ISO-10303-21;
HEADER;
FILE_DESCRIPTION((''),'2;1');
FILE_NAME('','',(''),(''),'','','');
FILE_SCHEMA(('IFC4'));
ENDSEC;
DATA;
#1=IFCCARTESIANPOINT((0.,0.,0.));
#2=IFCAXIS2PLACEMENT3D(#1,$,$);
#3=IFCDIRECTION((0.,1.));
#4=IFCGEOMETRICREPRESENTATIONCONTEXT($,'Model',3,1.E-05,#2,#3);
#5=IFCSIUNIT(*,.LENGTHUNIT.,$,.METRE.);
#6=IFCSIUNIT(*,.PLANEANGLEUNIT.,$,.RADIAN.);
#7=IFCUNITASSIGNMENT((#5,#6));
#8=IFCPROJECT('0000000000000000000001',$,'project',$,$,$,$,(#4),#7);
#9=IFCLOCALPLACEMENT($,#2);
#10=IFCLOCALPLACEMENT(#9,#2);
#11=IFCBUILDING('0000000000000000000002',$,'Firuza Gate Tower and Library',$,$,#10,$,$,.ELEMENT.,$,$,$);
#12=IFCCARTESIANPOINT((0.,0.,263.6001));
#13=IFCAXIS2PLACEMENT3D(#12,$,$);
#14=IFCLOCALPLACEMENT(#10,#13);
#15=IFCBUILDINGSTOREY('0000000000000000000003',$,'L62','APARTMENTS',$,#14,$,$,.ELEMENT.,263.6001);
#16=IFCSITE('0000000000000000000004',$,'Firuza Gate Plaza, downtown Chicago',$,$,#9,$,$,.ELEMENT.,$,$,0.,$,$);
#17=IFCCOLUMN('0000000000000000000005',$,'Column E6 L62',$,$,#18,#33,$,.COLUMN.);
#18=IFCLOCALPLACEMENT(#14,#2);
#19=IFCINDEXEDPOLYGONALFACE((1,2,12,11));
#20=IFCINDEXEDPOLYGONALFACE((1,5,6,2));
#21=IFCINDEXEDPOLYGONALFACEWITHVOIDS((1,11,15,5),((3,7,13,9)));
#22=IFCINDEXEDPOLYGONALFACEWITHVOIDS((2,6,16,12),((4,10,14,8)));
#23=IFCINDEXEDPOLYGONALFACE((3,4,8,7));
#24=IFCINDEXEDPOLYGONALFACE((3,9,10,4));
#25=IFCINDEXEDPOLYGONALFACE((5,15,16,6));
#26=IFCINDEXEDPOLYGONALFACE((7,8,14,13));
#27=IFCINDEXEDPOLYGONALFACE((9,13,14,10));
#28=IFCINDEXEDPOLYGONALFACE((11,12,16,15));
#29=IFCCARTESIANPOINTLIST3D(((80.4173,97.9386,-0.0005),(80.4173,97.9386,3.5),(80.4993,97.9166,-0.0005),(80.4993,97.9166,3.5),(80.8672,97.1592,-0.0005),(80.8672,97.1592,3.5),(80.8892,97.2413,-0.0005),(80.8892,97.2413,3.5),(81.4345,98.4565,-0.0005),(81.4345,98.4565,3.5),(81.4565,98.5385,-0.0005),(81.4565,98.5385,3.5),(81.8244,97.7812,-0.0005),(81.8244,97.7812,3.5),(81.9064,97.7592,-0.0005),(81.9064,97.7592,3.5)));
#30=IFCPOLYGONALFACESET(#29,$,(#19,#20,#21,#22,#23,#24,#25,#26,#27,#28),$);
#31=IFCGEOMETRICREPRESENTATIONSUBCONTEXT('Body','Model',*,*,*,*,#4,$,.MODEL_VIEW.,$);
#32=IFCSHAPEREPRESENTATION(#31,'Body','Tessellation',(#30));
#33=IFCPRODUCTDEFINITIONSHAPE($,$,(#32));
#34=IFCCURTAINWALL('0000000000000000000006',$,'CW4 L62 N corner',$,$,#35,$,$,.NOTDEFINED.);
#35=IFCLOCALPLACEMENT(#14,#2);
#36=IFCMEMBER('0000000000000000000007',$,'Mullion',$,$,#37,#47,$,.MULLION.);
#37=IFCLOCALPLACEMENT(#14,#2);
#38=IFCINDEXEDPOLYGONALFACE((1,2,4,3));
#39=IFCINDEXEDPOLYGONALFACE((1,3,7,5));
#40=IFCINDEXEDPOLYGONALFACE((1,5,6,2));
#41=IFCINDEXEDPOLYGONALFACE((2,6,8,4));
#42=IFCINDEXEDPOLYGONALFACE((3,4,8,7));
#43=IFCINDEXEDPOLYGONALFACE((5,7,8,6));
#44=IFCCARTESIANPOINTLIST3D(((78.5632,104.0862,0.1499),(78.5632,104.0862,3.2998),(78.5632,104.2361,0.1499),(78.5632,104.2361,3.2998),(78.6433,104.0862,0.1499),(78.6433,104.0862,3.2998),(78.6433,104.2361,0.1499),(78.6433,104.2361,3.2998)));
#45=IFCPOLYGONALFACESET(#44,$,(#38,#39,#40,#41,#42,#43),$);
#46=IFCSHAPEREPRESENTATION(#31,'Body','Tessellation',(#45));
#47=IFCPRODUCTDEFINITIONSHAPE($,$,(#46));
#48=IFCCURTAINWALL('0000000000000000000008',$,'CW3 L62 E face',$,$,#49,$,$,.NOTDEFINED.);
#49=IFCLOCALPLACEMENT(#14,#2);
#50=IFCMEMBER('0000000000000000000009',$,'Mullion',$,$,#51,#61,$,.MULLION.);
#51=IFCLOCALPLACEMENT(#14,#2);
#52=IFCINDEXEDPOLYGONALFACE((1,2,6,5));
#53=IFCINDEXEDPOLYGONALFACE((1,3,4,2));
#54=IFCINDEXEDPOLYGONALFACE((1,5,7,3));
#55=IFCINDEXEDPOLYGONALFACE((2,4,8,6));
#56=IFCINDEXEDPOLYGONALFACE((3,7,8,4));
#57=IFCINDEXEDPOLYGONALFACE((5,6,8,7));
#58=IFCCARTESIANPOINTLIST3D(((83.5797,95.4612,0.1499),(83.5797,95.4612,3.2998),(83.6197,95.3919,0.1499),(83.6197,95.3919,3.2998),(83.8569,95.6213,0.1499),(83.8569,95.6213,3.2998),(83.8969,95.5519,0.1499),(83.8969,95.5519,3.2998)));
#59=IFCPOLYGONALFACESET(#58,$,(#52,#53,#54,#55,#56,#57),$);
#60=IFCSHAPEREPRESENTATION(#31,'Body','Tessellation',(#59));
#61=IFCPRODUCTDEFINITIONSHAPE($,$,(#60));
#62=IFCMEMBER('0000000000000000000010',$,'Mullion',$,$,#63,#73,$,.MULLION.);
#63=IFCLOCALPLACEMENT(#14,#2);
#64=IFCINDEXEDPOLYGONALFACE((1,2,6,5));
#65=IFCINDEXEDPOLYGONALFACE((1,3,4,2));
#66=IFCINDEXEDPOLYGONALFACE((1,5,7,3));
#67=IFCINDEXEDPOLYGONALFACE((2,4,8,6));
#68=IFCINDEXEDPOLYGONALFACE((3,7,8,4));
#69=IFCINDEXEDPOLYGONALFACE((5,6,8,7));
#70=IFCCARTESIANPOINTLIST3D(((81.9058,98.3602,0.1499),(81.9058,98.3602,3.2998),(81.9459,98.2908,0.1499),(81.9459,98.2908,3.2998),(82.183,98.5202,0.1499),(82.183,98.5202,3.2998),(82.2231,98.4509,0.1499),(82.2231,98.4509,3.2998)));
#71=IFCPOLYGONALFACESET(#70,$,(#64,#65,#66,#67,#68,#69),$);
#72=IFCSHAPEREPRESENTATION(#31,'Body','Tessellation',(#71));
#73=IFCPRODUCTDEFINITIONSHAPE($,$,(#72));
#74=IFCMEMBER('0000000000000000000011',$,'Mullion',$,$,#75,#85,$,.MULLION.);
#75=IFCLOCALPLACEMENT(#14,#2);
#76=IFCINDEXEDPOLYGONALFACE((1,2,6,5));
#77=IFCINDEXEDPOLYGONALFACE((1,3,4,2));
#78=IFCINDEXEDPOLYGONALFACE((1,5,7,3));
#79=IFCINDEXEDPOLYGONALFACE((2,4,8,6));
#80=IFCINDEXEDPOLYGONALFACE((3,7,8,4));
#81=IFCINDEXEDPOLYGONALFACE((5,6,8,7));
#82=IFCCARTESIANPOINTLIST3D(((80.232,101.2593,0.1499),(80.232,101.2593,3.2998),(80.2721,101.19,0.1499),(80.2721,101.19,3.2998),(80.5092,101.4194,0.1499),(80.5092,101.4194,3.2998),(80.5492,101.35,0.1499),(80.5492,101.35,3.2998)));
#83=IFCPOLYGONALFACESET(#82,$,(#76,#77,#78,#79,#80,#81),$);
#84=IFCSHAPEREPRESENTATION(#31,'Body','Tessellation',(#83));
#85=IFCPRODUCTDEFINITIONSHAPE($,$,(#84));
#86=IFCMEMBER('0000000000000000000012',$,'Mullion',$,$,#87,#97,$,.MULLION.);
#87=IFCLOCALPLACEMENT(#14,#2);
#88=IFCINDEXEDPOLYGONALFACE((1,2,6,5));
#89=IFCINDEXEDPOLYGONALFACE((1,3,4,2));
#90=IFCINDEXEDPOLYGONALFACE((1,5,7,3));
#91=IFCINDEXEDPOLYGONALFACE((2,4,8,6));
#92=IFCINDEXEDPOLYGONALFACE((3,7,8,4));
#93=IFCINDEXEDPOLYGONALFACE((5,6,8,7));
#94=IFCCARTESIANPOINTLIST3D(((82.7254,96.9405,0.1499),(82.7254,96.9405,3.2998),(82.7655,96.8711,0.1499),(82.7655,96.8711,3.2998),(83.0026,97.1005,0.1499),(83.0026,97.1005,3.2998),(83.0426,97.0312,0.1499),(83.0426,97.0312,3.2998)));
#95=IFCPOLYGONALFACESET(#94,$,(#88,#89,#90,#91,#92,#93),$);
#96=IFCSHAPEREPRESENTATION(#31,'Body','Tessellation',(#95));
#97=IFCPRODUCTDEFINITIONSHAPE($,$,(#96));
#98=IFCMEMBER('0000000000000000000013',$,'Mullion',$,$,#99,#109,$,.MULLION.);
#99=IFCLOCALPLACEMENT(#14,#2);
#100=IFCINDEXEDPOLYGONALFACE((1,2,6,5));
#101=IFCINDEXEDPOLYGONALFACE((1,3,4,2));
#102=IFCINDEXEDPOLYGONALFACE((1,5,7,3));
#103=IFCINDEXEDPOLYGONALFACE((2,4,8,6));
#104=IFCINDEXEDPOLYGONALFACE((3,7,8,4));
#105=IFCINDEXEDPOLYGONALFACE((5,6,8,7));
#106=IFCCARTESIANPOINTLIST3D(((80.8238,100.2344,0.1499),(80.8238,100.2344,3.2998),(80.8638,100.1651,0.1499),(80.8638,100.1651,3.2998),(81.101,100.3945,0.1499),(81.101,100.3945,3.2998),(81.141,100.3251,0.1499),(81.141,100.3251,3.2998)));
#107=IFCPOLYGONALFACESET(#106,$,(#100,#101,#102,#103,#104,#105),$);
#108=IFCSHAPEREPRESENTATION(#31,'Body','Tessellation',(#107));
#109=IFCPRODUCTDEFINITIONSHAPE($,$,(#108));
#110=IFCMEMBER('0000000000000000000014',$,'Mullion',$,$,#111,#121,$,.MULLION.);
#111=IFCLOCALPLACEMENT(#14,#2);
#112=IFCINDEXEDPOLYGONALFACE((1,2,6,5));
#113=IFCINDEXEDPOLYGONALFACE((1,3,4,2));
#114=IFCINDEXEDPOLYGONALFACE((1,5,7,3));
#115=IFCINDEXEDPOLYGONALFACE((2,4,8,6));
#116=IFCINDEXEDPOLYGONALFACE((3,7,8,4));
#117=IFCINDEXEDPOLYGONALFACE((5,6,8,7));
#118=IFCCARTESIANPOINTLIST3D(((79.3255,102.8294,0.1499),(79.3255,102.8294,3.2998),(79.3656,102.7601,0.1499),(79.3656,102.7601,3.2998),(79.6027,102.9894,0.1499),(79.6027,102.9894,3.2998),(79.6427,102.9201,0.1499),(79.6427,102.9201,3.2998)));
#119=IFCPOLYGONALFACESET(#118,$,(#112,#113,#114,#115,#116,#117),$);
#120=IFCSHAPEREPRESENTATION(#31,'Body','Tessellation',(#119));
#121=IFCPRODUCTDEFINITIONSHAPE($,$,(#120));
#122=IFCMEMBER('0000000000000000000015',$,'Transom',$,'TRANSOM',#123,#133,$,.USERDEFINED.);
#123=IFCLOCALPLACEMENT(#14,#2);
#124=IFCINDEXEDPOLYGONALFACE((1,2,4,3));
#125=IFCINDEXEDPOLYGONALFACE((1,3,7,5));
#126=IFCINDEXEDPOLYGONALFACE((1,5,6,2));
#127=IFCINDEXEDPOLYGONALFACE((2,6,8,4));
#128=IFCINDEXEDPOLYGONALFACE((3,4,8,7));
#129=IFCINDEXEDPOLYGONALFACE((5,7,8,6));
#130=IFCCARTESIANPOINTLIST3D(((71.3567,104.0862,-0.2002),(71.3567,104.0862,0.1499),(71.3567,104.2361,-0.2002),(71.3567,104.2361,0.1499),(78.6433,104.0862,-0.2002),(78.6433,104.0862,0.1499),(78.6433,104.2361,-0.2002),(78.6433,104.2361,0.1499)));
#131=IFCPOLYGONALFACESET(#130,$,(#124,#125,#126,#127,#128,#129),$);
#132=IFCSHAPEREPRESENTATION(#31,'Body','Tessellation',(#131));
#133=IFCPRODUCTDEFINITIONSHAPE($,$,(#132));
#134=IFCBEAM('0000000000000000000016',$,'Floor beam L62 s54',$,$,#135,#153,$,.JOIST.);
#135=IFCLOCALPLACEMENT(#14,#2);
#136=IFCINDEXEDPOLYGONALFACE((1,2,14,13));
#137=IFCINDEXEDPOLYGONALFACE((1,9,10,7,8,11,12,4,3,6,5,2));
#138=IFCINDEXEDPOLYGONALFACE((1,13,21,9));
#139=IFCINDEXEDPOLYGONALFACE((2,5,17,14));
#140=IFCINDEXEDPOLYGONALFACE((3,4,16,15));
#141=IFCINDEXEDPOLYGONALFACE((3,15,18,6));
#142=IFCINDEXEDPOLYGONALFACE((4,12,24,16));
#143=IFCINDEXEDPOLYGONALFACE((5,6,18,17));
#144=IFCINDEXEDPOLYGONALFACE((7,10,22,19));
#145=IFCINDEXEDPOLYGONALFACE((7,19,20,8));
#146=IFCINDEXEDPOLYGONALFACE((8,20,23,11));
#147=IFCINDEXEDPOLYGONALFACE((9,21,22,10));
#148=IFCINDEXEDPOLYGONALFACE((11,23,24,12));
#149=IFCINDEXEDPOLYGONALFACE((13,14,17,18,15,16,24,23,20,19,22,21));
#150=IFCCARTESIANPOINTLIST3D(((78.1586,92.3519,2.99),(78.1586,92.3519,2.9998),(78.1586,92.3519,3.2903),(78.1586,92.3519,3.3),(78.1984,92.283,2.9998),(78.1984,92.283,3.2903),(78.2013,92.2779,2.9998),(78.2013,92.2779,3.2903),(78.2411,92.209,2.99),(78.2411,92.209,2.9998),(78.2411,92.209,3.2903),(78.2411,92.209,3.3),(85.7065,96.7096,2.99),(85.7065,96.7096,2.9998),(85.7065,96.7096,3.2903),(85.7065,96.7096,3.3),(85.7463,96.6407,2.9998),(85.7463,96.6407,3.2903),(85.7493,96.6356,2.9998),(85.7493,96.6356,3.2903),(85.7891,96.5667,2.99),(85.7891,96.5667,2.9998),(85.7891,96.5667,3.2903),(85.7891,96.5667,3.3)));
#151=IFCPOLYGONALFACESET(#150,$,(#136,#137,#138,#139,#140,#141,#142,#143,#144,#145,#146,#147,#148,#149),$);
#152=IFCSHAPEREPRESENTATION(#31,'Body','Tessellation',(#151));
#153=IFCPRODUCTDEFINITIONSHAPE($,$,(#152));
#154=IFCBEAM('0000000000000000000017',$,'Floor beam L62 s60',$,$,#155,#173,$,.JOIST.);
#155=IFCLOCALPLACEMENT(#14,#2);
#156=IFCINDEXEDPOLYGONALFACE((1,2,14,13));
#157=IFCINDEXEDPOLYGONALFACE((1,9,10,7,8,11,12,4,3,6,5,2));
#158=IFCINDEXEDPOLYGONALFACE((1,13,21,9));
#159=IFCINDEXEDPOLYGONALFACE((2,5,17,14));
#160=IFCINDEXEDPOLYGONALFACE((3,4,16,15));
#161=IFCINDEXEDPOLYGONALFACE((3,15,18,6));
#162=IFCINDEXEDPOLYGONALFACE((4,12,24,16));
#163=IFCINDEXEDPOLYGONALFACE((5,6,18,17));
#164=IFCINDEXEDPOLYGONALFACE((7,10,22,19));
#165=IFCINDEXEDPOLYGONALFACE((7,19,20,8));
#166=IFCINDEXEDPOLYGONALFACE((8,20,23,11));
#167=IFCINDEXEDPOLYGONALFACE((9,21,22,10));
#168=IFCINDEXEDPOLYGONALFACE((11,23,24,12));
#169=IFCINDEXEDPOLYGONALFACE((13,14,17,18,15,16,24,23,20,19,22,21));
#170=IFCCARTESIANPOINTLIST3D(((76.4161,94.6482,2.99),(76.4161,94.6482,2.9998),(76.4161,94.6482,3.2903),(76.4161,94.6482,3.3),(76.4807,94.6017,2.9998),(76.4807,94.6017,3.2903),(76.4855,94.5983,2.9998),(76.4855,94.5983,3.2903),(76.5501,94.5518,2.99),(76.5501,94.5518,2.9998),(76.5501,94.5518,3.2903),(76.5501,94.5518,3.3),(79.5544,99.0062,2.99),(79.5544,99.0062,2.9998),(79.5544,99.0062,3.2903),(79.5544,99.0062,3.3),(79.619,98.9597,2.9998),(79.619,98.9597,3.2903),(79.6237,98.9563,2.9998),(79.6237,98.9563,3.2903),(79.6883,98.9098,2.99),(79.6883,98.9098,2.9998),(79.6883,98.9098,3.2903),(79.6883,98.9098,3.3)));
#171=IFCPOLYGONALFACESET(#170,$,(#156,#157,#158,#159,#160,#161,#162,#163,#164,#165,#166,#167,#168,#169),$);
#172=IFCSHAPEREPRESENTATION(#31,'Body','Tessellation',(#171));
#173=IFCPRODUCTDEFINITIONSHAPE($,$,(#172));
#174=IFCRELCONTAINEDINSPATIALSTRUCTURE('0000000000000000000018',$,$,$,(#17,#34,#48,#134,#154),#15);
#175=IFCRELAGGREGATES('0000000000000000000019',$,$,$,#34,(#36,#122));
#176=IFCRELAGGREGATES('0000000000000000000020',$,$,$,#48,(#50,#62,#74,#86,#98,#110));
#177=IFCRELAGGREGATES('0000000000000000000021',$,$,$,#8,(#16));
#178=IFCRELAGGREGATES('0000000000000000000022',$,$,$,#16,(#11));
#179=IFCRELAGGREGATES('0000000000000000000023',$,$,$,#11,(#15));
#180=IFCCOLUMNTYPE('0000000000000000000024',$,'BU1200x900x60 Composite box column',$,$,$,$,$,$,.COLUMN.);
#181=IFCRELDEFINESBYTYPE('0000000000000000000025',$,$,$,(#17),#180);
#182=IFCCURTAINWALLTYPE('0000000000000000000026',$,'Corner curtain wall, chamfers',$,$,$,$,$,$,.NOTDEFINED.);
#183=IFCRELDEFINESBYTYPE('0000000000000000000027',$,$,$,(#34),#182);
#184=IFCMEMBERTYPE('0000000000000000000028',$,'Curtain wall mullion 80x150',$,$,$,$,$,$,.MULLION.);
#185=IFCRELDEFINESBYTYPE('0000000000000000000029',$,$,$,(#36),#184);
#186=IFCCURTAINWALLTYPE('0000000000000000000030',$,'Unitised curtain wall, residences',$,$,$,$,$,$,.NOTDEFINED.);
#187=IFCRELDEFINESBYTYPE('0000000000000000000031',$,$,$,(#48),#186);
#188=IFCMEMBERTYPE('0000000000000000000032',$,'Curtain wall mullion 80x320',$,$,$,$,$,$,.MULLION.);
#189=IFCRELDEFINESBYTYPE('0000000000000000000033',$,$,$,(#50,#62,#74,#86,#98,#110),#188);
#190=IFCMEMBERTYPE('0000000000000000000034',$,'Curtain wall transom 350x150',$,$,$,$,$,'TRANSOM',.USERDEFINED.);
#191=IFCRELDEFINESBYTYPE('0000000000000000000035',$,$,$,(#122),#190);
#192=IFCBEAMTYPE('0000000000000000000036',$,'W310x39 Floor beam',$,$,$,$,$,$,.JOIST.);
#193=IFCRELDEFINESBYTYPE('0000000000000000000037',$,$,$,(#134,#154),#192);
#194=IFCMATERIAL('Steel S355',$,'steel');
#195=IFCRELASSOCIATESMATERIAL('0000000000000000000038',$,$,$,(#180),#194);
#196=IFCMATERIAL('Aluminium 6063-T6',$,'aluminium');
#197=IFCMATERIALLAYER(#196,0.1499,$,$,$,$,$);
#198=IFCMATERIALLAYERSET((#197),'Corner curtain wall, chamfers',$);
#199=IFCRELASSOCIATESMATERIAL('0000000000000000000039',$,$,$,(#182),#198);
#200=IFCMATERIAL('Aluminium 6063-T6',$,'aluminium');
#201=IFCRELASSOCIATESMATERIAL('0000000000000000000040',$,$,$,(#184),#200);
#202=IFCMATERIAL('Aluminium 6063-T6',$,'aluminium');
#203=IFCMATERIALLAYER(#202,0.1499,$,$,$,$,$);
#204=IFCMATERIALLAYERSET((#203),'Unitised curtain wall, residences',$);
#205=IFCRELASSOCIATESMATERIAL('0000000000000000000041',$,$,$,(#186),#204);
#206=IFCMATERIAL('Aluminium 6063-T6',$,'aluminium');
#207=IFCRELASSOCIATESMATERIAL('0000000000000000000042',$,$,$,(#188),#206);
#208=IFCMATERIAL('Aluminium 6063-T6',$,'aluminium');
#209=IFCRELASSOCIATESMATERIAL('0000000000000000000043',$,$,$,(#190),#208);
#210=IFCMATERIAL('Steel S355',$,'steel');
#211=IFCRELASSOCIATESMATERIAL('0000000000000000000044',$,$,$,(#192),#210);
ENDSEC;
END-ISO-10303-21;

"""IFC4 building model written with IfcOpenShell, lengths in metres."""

from ifc_helpers import new_model, si_unit, direction, frame, origin, origin_2d, place, context, subcontext, project, spatial, rectangle, hollow_rectangle, i_section, extrude, material, layer, layer_set, material_profile, profile_set, type_object, element, aggregate, save


model = new_model("IFC4")

# Units and contexts
model_context = context("Model", 3, precision=1e-05, world=origin(), true_north=direction((0.0, 1.0)))
body_context = subcontext(model_context, "Body", "Model", "MODEL_VIEW")
ifc_project = project(units=[si_unit("LENGTHUNIT", "METRE"), si_unit("PLANEANGLEUNIT", "RADIAN")], contexts=[model_context])

# Site, building, storey
site_placement = place(None, origin())
site = spatial("IfcSite", under=ifc_project, at=site_placement, Name="Firuza Gate Plaza, downtown Chicago", CompositionType="ELEMENT", RefElevation=0.0)
building_placement = place(site_placement, origin())
building = spatial("IfcBuilding", under=site, at=building_placement, Name="Firuza Gate Tower and Library", CompositionType="ELEMENT")
storey_placement = place(building_placement, frame((0.0, 0.0, 263.6001)))
storey = spatial("IfcBuildingStorey", under=building, at=storey_placement, Name="L62", Description="APARTMENTS", CompositionType="ELEMENT", Elevation=263.6001)

# Column
ifc_material_1 = material(Name="Steel S355", Category="steel")
ifc_material_profile_1 = material_profile(ifc_material_1, hollow_rectangle(XDim=0.8999, YDim=1.2, WallThickness=0.0601, at=origin_2d()))
ifc_profile_set_1 = profile_set([ifc_material_profile_1], Name="Steel S355")
column_type = type_object("IfcColumnType", Name="BU1200x900x60 Composite box column", PredefinedType="COLUMN", material=ifc_profile_set_1)
column_placement = place(storey_placement, frame((81.1619, 97.8489, -0.0005), z_axis=(0.0, 0.0, 1.0), x_axis=(-0.5, 0.866025, 0.0)))
element("IfcColumn", 1, at=column_placement, inside=storey, type_object=column_type, Name="Column E6 L62", PredefinedType="COLUMN", context=body_context, shape_type="SweptSolid", body=[
    extrude(hollow_rectangle(XDim=0.8999, YDim=1.2, WallThickness=0.0601, at=origin_2d()), origin(), (0.0, 0.0, 1.0), 3.5005),
])

# Curtain wall, member
ifc_material_2 = material(Name="Aluminium 6063-T6", Category="aluminium")
ifc_layer_1 = layer(ifc_material_2, 0.1499)
ifc_layer_set_1 = layer_set([ifc_layer_1], Name="Corner curtain wall, chamfers")
curtain_wall_type_1 = type_object("IfcCurtainWallType", Name="Corner curtain wall, chamfers", PredefinedType="NOTDEFINED", material=ifc_layer_set_1)
placement = place(storey_placement, origin())
curtain_wall_1 = element("IfcCurtainWall", 2, at=placement, inside=storey, type_object=curtain_wall_type_1, Name="CW4 L62 N corner", PredefinedType="NOTDEFINED")
ifc_material_3 = material(Name="Aluminium 6063-T6", Category="aluminium")
ifc_material_profile_2 = material_profile(ifc_material_3, rectangle(XDim=0.1499, YDim=0.0801, at=origin_2d()))
ifc_profile_set_2 = profile_set([ifc_material_profile_2], Name="Aluminium 6063-T6")
member_type_1 = type_object("IfcMemberType", Name="Curtain wall mullion 80x150", PredefinedType="MULLION", material=ifc_profile_set_2)
member_1_placement = place(storey_placement, frame((78.6033, 104.1611, 0.1499), z_axis=(0.0, 0.0, 1.0), x_axis=(0.0, -1.0, 0.0)))
member_1 = element("IfcMember", 3, at=member_1_placement, type_object=member_type_1, Name="Mullion", PredefinedType="MULLION", context=body_context, shape_type="SweptSolid", body=[
    extrude(rectangle(XDim=0.1499, YDim=0.0801, at=origin_2d()), origin(), (0.0, 0.0, 1.0), 3.1499),
])

# Curtain wall, members
ifc_material_4 = material(Name="Aluminium 6063-T6", Category="aluminium")
ifc_layer_2 = layer(ifc_material_4, 0.1499)
ifc_layer_set_2 = layer_set([ifc_layer_2], Name="Unitised curtain wall, residences")
curtain_wall_type_2 = type_object("IfcCurtainWallType", Name="Unitised curtain wall, residences", PredefinedType="NOTDEFINED", material=ifc_layer_set_2)
curtain_wall_2 = element("IfcCurtainWall", 4, at=placement, inside=storey, type_object=curtain_wall_type_2, Name="CW3 L62 E face", PredefinedType="NOTDEFINED")
ifc_material_5 = material(Name="Aluminium 6063-T6", Category="aluminium")
ifc_material_profile_3 = material_profile(ifc_material_5, rectangle(XDim=0.3201, YDim=0.0801, at=origin_2d()))
ifc_profile_set_3 = profile_set([ifc_material_profile_3], Name="Aluminium 6063-T6")
member_type_2 = type_object("IfcMemberType", Name="Curtain wall mullion 80x320", PredefinedType="MULLION", material=ifc_profile_set_3)
member_2_placement = place(storey_placement, frame((83.7383, 95.5066, 0.1499), z_axis=(0.0, 0.0, 1.0), x_axis=(-0.866025, -0.5, 0.0)))
member_2 = element("IfcMember", 5, at=member_2_placement, type_object=member_type_2, Name="Mullion", PredefinedType="MULLION", context=body_context, shape_type="SweptSolid", body=[
    extrude(rectangle(XDim=0.3201, YDim=0.0801, at=origin_2d()), origin(), (0.0, 0.0, 1.0), 3.1499),
])
member_3_placement = place(storey_placement, frame((82.0645, 98.4055, 0.1499), z_axis=(0.0, 0.0, 1.0), x_axis=(-0.866025, -0.5, 0.0)))
member_3 = element("IfcMember", 6, at=member_3_placement, type_object=member_type_2, Name="Mullion", PredefinedType="MULLION", context=body_context, shape_type="SweptSolid", body=[
    extrude(rectangle(XDim=0.3201, YDim=0.0801, at=origin_2d()), origin(), (0.0, 0.0, 1.0), 3.1499),
])
member_4_placement = place(storey_placement, frame((80.3906, 101.3047, 0.1499), z_axis=(0.0, 0.0, 1.0), x_axis=(-0.866025, -0.5, 0.0)))
member_4 = element("IfcMember", 7, at=member_4_placement, type_object=member_type_2, Name="Mullion", PredefinedType="MULLION", context=body_context, shape_type="SweptSolid", body=[
    extrude(rectangle(XDim=0.3201, YDim=0.0801, at=origin_2d()), origin(), (0.0, 0.0, 1.0), 3.1499),
])
member_5_placement = place(storey_placement, frame((82.884, 96.9858, 0.1499), z_axis=(0.0, 0.0, 1.0), x_axis=(-0.866025, -0.5, 0.0)))
member_5 = element("IfcMember", 8, at=member_5_placement, type_object=member_type_2, Name="Mullion", PredefinedType="MULLION", context=body_context, shape_type="SweptSolid", body=[
    extrude(rectangle(XDim=0.3201, YDim=0.0801, at=origin_2d()), origin(), (0.0, 0.0, 1.0), 3.1499),
])
member_6_placement = place(storey_placement, frame((80.9824, 100.2798, 0.1499), z_axis=(0.0, 0.0, 1.0), x_axis=(-0.866025, -0.5, 0.0)))
member_6 = element("IfcMember", 9, at=member_6_placement, type_object=member_type_2, Name="Mullion", PredefinedType="MULLION", context=body_context, shape_type="SweptSolid", body=[
    extrude(rectangle(XDim=0.3201, YDim=0.0801, at=origin_2d()), origin(), (0.0, 0.0, 1.0), 3.1499),
])
member_7_placement = place(storey_placement, frame((79.4841, 102.8748, 0.1499), z_axis=(0.0, 0.0, 1.0), x_axis=(-0.866025, -0.5, 0.0)))
member_7 = element("IfcMember", 10, at=member_7_placement, type_object=member_type_2, Name="Mullion", PredefinedType="MULLION", context=body_context, shape_type="SweptSolid", body=[
    extrude(rectangle(XDim=0.3201, YDim=0.0801, at=origin_2d()), origin(), (0.0, 0.0, 1.0), 3.1499),
])

# Member
ifc_material_6 = material(Name="Aluminium 6063-T6", Category="aluminium")
ifc_material_profile_4 = material_profile(ifc_material_6, rectangle(XDim=0.1499, YDim=0.3501, at=origin_2d()))
ifc_profile_set_4 = profile_set([ifc_material_profile_4], Name="Aluminium 6063-T6")
member_type_3 = type_object("IfcMemberType", Name="Curtain wall transom 350x150", ElementType="TRANSOM", PredefinedType="USERDEFINED", material=ifc_profile_set_4)
member_8_placement = place(storey_placement, frame((78.6433, 104.1611, -0.0251), z_axis=(-1.0, 0.0, 0.0), x_axis=(0.0, -1.0, 0.0)))
member_8 = element("IfcMember", 11, at=member_8_placement, type_object=member_type_3, Name="Transom", ObjectType="TRANSOM", PredefinedType="USERDEFINED", context=body_context, shape_type="SweptSolid", body=[
    extrude(rectangle(XDim=0.1499, YDim=0.3501, at=origin_2d()), origin(), (0.0, 0.0, 1.0), 7.2866),
])

# Beams
ifc_material_7 = material(Name="Steel S355", Category="steel")
ifc_material_profile_5 = material_profile(ifc_material_7, i_section(OverallWidth=0.165, OverallDepth=0.3101, WebThickness=0.0059, FlangeThickness=0.0098, at=origin_2d()))
ifc_profile_set_5 = profile_set([ifc_material_profile_5], Name="Steel S355")
beam_type_1 = type_object("IfcBeamType", Name="W310x39 Floor beam", PredefinedType="JOIST", material=ifc_profile_set_5)
beam_1_placement = place(storey_placement, frame((85.7478, 96.6382, 3.145), z_axis=(-0.86603, -0.499992, 0.0), x_axis=(0.499992, -0.86603, 0.0)))
element("IfcBeam", 12, at=beam_1_placement, inside=storey, type_object=beam_type_1, Name="Floor beam L62 s54", PredefinedType="JOIST", context=body_context, shape_type="SweptSolid", body=[
    extrude(i_section(OverallWidth=0.165, OverallDepth=0.3101, WebThickness=0.0059, FlangeThickness=0.0098, at=origin_2d()), origin(), (0.0, 0.0, 1.0), 8.7156),
])
beam_2_placement = place(storey_placement, frame((79.6213, 98.958, 3.145), z_axis=(-0.584365, -0.811491, 0.0), x_axis=(0.811491, -0.584365, 0.0)))
element("IfcBeam", 13, at=beam_2_placement, inside=storey, type_object=beam_type_1, Name="Floor beam L62 s60", PredefinedType="JOIST", context=body_context, shape_type="SweptSolid", body=[
    extrude(i_section(OverallWidth=0.165, OverallDepth=0.3101, WebThickness=0.0059, FlangeThickness=0.0098, at=origin_2d()), origin(), (0.0, 0.0, 1.0), 5.3704),
])

aggregate(curtain_wall_1, [member_1, member_8])
aggregate(curtain_wall_2, [member_2, member_3, member_4, member_5, member_6, member_7])

save(model, "model.ifc")
